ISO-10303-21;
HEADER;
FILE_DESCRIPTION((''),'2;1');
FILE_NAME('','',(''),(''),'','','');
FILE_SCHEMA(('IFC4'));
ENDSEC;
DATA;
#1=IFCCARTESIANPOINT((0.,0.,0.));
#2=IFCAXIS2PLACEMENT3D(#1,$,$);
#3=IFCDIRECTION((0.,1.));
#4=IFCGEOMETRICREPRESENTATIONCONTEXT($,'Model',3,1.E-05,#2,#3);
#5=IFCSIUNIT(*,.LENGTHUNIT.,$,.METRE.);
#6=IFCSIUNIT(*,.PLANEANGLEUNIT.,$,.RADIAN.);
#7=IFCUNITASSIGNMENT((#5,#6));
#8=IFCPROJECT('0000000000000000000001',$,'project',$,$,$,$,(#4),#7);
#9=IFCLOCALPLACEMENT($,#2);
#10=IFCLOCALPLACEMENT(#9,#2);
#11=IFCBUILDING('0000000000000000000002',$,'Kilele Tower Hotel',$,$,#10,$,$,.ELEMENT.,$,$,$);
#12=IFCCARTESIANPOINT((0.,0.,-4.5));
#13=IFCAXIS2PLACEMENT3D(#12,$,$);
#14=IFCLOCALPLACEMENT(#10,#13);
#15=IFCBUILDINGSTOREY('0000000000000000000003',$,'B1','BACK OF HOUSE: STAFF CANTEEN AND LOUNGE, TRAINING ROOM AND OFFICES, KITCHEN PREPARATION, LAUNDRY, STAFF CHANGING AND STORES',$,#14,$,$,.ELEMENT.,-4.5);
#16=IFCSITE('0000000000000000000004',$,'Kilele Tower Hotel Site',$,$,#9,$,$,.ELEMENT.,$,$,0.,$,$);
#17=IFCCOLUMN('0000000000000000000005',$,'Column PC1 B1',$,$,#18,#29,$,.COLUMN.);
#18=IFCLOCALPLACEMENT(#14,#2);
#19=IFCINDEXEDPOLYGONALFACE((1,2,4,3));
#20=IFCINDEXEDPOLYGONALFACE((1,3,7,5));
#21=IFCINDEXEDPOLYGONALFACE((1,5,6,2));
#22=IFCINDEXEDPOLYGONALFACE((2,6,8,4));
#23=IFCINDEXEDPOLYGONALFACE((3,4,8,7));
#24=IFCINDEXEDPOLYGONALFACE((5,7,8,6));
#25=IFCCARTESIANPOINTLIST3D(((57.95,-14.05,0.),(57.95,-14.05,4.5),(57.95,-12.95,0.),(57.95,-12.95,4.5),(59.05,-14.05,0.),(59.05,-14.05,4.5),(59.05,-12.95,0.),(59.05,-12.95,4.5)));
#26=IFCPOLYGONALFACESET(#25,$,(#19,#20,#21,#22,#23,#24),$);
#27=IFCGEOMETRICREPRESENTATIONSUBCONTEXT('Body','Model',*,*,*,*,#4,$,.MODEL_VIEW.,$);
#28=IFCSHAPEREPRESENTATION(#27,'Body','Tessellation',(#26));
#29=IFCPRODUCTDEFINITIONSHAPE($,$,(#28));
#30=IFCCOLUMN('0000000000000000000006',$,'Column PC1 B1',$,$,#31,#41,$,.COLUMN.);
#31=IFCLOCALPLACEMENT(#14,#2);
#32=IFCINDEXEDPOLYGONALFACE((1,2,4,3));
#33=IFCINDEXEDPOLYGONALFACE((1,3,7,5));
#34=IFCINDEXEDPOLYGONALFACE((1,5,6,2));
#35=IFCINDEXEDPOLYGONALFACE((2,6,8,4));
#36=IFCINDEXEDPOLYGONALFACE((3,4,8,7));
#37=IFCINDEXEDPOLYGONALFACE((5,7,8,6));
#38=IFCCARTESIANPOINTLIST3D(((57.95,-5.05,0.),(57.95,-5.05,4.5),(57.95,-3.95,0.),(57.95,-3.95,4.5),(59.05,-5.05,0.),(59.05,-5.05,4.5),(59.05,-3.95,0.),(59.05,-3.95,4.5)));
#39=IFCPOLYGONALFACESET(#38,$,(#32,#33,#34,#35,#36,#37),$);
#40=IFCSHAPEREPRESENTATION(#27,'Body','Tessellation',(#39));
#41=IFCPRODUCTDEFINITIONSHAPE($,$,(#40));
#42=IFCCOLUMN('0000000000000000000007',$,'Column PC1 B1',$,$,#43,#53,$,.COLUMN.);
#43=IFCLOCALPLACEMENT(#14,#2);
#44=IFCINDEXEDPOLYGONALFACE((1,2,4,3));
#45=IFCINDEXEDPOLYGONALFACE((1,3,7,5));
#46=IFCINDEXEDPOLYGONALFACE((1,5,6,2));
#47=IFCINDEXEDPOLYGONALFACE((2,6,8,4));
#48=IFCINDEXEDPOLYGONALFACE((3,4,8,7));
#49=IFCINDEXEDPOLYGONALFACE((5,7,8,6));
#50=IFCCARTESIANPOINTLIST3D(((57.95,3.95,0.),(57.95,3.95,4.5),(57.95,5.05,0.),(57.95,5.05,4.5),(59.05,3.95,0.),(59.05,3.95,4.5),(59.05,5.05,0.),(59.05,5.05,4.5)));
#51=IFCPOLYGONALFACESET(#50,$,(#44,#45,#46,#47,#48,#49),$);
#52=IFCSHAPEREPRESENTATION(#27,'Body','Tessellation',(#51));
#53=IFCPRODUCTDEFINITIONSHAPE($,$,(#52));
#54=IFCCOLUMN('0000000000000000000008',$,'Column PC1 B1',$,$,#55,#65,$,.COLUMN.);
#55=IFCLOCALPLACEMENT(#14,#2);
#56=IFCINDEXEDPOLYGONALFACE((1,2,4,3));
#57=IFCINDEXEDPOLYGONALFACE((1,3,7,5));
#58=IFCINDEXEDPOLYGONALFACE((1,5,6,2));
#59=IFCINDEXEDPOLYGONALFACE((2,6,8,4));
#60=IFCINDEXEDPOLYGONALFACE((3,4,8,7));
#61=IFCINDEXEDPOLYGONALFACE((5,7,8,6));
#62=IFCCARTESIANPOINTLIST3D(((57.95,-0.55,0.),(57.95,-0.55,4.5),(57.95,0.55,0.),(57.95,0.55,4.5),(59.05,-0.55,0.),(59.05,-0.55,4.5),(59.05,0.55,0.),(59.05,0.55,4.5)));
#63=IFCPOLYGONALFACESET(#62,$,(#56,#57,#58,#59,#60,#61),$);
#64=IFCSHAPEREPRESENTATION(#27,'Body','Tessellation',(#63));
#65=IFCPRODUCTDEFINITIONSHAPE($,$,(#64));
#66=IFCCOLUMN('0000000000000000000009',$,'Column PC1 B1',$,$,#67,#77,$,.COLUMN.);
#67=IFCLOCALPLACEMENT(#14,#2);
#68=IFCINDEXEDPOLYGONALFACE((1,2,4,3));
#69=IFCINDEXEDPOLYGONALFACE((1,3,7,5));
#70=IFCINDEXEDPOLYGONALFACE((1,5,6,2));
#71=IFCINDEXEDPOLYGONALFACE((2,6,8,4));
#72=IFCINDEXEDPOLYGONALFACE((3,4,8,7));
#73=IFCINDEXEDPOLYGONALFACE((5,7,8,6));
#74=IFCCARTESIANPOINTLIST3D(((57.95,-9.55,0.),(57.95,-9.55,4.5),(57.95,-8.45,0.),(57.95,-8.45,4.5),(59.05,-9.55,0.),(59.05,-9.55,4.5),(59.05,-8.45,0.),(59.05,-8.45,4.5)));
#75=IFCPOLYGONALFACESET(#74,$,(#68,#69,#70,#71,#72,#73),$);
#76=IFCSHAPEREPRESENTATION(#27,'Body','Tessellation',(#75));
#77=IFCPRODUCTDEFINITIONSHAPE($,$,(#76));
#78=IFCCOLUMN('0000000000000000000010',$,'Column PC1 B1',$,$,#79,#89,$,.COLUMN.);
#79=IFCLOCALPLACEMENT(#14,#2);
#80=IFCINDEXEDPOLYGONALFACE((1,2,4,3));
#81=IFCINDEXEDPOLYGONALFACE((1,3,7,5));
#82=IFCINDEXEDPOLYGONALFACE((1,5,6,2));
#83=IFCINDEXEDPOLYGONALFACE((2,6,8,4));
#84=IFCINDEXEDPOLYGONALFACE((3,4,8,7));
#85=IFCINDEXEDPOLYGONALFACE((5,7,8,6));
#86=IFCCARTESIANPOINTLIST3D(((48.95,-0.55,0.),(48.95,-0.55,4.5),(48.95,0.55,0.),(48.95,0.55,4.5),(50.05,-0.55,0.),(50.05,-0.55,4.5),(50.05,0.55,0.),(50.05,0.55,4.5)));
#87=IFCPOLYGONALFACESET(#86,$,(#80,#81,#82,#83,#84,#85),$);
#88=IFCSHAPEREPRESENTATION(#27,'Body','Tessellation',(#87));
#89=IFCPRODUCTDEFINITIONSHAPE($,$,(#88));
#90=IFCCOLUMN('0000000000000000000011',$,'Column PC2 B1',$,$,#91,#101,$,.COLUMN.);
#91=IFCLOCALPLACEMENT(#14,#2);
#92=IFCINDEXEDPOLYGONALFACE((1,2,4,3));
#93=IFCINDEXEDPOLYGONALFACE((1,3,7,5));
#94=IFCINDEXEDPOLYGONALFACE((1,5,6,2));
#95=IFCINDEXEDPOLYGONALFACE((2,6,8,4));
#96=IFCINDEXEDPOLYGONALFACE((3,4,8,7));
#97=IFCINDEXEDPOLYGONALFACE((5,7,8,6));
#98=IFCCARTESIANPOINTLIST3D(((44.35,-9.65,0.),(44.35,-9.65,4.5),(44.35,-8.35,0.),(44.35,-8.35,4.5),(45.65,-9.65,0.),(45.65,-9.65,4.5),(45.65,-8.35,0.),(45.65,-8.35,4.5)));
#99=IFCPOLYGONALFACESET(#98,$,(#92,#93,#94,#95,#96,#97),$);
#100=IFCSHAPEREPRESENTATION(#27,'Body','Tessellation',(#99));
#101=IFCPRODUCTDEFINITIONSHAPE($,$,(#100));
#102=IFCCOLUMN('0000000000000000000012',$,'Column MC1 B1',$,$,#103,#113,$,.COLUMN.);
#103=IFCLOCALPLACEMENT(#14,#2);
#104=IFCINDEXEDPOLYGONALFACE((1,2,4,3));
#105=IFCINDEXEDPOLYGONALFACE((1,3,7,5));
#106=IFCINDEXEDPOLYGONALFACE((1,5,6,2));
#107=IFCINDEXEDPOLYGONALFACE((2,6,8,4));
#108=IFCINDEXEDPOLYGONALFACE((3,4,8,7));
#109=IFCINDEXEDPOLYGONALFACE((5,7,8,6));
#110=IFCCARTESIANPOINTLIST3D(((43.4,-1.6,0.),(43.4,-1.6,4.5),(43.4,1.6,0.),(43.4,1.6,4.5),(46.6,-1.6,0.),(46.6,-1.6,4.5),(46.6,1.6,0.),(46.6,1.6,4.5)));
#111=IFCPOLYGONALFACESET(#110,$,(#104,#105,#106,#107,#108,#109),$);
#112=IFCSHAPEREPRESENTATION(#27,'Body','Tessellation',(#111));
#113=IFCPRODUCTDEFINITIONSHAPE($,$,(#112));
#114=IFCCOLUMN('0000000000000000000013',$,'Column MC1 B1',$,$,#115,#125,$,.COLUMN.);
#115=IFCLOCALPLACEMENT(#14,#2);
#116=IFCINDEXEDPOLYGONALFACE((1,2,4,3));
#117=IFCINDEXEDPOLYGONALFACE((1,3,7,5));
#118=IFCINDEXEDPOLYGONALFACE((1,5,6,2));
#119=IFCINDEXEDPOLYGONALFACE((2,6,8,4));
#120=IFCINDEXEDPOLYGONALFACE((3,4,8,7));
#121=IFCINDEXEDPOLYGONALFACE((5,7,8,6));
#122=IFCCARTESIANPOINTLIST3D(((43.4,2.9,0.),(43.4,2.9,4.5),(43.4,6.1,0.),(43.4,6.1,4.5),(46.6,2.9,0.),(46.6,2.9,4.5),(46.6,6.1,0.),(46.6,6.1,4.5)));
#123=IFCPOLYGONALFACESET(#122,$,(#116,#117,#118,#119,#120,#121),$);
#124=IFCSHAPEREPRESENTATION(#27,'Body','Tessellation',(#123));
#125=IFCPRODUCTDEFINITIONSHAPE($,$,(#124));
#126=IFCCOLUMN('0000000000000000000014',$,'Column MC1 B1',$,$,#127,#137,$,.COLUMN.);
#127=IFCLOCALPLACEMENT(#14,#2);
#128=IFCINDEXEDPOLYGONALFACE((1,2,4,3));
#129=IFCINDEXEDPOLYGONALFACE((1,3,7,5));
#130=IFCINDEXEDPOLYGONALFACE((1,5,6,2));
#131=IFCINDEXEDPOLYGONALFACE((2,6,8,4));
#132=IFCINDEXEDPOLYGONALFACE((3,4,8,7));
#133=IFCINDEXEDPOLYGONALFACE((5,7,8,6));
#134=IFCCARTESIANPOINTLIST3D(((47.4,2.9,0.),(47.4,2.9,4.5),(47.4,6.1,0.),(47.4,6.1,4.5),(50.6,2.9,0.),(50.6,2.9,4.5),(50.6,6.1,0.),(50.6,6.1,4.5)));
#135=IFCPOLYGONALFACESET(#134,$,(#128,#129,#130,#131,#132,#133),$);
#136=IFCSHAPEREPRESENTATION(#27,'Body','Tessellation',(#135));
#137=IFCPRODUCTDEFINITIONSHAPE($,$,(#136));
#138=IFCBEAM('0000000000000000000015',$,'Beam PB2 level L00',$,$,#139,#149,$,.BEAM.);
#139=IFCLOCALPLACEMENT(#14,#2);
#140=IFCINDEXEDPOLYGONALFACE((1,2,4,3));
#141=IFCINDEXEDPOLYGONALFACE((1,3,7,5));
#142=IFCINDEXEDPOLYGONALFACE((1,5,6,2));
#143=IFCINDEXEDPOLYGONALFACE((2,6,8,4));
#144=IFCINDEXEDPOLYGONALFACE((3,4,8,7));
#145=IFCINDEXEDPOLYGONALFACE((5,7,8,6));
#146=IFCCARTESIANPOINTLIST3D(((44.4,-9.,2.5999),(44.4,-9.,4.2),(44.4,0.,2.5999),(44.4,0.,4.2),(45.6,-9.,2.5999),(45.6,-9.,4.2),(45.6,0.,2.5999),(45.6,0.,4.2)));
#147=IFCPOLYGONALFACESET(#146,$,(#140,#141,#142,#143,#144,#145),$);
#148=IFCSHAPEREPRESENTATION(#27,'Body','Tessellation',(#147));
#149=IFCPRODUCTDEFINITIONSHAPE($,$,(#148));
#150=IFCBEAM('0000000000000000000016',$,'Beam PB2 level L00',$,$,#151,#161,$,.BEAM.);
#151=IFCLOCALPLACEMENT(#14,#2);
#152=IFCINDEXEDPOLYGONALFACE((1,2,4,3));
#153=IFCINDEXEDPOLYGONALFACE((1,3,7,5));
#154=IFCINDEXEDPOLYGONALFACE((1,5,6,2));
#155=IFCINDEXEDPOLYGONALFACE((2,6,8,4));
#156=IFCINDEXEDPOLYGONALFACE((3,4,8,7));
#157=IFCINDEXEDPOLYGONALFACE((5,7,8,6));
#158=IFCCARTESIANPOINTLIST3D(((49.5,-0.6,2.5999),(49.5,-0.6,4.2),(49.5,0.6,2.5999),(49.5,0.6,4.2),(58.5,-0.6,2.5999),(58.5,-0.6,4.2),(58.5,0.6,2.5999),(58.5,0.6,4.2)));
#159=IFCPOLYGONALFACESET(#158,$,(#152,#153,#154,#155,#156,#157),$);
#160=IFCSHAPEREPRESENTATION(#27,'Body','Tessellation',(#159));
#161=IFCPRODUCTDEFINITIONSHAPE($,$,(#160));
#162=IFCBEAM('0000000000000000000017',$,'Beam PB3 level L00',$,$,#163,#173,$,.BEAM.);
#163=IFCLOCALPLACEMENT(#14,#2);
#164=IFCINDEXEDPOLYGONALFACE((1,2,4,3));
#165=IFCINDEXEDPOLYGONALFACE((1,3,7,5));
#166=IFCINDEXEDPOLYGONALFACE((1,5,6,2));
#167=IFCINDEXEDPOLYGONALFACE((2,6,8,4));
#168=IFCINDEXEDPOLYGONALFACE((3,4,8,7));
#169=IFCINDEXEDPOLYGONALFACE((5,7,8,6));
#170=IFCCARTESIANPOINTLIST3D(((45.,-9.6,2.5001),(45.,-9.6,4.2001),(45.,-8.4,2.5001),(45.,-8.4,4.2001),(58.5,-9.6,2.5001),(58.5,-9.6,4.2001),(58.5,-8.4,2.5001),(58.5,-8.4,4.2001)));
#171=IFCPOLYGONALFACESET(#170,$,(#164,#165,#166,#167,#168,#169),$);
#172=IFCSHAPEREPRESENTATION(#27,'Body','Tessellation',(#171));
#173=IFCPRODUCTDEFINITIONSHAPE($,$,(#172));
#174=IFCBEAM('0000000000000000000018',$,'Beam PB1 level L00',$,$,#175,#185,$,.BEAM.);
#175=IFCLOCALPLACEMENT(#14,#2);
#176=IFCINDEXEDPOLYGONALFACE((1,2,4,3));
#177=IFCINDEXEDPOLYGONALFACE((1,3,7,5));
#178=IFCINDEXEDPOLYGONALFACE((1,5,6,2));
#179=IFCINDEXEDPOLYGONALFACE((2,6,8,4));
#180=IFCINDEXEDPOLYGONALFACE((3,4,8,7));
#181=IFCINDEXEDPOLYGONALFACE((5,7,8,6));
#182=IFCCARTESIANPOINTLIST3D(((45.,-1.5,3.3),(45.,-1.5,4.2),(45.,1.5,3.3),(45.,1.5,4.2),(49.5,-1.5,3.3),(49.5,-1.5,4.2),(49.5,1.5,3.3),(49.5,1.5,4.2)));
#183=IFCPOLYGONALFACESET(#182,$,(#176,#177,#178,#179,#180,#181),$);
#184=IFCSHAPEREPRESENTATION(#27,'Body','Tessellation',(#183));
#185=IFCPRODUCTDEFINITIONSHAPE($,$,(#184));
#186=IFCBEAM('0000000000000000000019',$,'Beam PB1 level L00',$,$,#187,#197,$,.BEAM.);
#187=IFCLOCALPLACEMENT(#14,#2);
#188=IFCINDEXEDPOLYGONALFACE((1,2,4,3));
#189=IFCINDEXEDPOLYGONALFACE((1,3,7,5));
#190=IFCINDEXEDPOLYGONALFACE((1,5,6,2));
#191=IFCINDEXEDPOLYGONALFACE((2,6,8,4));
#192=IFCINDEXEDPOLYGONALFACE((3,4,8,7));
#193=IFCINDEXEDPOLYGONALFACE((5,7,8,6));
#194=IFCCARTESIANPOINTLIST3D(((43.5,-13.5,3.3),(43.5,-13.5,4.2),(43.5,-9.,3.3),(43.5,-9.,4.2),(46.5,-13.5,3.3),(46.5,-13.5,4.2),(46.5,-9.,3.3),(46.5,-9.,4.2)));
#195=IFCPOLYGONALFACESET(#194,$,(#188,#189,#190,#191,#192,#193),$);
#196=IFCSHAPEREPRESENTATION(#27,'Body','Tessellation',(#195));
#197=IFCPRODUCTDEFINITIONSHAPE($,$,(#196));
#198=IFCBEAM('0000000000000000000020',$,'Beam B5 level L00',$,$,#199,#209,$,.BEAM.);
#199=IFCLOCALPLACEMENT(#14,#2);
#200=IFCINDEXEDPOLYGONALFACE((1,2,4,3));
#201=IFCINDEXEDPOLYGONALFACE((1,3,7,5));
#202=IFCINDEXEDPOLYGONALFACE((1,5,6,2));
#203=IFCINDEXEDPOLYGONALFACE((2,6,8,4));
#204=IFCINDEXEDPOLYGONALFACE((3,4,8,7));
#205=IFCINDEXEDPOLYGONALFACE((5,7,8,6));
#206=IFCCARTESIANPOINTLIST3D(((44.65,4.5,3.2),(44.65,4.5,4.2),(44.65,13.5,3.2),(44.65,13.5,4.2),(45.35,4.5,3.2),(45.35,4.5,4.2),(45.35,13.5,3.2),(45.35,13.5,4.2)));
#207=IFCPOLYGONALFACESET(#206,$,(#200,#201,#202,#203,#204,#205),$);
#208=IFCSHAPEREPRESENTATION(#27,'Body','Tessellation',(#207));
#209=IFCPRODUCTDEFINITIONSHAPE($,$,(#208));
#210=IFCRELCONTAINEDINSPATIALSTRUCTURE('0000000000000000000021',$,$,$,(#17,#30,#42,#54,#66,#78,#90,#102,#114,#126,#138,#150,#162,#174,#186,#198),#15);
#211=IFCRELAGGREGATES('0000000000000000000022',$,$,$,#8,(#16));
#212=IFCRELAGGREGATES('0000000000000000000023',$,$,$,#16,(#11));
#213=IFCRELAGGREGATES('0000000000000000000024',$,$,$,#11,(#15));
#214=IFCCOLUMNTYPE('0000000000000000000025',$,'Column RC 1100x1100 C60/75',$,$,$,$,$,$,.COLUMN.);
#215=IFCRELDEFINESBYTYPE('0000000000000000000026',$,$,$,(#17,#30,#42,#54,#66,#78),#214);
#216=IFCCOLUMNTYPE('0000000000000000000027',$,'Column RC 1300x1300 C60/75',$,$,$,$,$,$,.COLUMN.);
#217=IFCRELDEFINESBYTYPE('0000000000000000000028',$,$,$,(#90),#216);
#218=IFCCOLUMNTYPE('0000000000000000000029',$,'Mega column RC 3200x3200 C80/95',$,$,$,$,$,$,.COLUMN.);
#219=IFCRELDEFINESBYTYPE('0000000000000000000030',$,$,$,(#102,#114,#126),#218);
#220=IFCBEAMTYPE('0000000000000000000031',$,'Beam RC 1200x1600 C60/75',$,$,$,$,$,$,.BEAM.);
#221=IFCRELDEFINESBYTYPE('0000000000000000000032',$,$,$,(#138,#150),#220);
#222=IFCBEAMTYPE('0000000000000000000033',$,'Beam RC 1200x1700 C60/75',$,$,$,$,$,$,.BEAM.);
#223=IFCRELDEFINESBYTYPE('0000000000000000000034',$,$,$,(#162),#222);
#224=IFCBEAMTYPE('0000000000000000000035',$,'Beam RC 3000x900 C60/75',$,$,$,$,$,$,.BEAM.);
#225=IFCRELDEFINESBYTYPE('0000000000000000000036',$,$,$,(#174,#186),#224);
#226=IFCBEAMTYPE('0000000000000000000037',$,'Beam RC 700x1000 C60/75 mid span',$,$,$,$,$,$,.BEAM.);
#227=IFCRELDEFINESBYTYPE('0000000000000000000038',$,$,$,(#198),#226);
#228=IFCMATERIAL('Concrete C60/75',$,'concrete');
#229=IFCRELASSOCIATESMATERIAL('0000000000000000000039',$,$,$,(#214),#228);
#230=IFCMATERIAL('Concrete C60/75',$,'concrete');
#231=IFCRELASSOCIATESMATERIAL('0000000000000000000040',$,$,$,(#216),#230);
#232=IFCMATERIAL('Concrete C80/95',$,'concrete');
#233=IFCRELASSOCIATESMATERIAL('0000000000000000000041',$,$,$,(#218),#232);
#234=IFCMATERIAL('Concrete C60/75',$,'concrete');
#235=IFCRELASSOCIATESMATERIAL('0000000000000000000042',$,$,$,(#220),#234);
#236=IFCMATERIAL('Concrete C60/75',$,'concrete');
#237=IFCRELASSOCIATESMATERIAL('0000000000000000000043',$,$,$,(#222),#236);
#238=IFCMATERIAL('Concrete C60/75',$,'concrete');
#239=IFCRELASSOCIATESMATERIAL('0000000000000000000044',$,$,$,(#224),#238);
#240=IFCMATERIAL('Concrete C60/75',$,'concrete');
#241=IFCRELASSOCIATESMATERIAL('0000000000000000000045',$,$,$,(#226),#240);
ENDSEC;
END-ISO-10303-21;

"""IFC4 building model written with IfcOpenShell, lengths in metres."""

from ifc_helpers import new_model, si_unit, direction, frame, origin, origin_2d, place, context, subcontext, project, spatial, rectangle, extrude, material, material_profile, profile_set, type_object, element, save


model = new_model("IFC4")

# Units and contexts
model_context = context("Model", 3, precision=1e-05, world=origin(), true_north=direction((0.0, 1.0)))
body_context = subcontext(model_context, "Body", "Model", "MODEL_VIEW")
ifc_project = project(units=[si_unit("LENGTHUNIT", "METRE"), si_unit("PLANEANGLEUNIT", "RADIAN")], contexts=[model_context])

# Site, building, storey
site_placement = place(None, origin())
site = spatial("IfcSite", under=ifc_project, at=site_placement, Name="Kilele Tower Hotel Site", CompositionType="ELEMENT", RefElevation=0.0)
building_placement = place(site_placement, origin())
building = spatial("IfcBuilding", under=site, at=building_placement, Name="Kilele Tower Hotel", CompositionType="ELEMENT")
storey_placement = place(building_placement, frame((0.0, 0.0, -4.5)))
storey = spatial("IfcBuildingStorey", under=building, at=storey_placement, Name="B1", Description="BACK OF HOUSE: STAFF CANTEEN AND LOUNGE, TRAINING ROOM AND OFFICES, KITCHEN PREPARATION, LAUNDRY, STAFF CHANGING AND STORES", CompositionType="ELEMENT", Elevation=-4.5)

# Columns
ifc_material_1 = material(Name="Concrete C60/75", Category="concrete")
ifc_material_profile_1 = material_profile(ifc_material_1, rectangle(XDim=1.1001, YDim=1.1001, at=origin_2d()))
ifc_profile_set_1 = profile_set([ifc_material_profile_1], Name="Concrete C60/75")
column_type_1 = type_object("IfcColumnType", Name="Column RC 1100x1100 C60/75", PredefinedType="COLUMN", material=ifc_profile_set_1)
for number, where, z_axis, x_axis, name in (
    (1, (58.5, -13.5, 0.0), (0.0, 0.0, 1.0), (1.0, 0.0, 0.0), "Column PC1 B1"),
    (2, (58.5, -4.5, 0.0), (0.0, 0.0, 1.0), (1.0, 0.0, 0.0), "Column PC1 B1"),
    (3, (58.5, 4.5, 0.0), (0.0, 0.0, 1.0), (1.0, 0.0, 0.0), "Column PC1 B1"),
    (4, (58.5, 0.0, 0.0), (0.0, 0.0, 1.0), (1.0, 0.0, 0.0), "Column PC1 B1"),
    (5, (58.5, -9.0, 0.0), (0.0, 0.0, 1.0), (1.0, 0.0, 0.0), "Column PC1 B1"),
    (6, (49.5, 0.0, 0.0), (0.0, 0.0, 1.0), (1.0, 0.0, 0.0), "Column PC1 B1"),
):
    element("IfcColumn", number, at=place(storey_placement, frame(where, z_axis=z_axis, x_axis=x_axis)), inside=storey, type_object=column_type_1, Name=name, PredefinedType="COLUMN", context=body_context, shape_type="SweptSolid", body=[
        extrude(rectangle(XDim=1.1001, YDim=1.1001, at=origin_2d()), origin(), (0.0, 0.0, 1.0), 4.5),
    ])
ifc_material_2 = material(Name="Concrete C60/75", Category="concrete")
ifc_material_profile_2 = material_profile(ifc_material_2, rectangle(XDim=1.3, YDim=1.3, at=origin_2d()))
ifc_profile_set_2 = profile_set([ifc_material_profile_2], Name="Concrete C60/75")
column_type_2 = type_object("IfcColumnType", Name="Column RC 1300x1300 C60/75", PredefinedType="COLUMN", material=ifc_profile_set_2)
column_placement = place(storey_placement, frame((45.0, -9.0, 0.0), z_axis=(0.0, 0.0, 1.0), x_axis=(1.0, 0.0, 0.0)))
element("IfcColumn", 7, at=column_placement, inside=storey, type_object=column_type_2, Name="Column PC2 B1", PredefinedType="COLUMN", context=body_context, shape_type="SweptSolid", body=[
    extrude(rectangle(XDim=1.3, YDim=1.3, at=origin_2d()), origin(), (0.0, 0.0, 1.0), 4.5),
])
ifc_material_3 = material(Name="Concrete C80/95", Category="concrete")
ifc_material_profile_3 = material_profile(ifc_material_3, rectangle(XDim=3.2, YDim=3.2, at=origin_2d()))
ifc_profile_set_3 = profile_set([ifc_material_profile_3], Name="Concrete C80/95")
column_type_3 = type_object("IfcColumnType", Name="Mega column RC 3200x3200 C80/95", PredefinedType="COLUMN", material=ifc_profile_set_3)
for number, where, z_axis, x_axis, name in (
    (8, (45.0, 0.0, 0.0), (0.0, 0.0, 1.0), (1.0, 0.0, 0.0), "Column MC1 B1"),
    (9, (45.0, 4.5, 0.0), (0.0, 0.0, 1.0), (1.0, 0.0, 0.0), "Column MC1 B1"),
    (10, (49.0, 4.5, 0.0), (0.0, 0.0, 1.0), (1.0, 0.0, 0.0), "Column MC1 B1"),
):
    element("IfcColumn", number, at=place(storey_placement, frame(where, z_axis=z_axis, x_axis=x_axis)), inside=storey, type_object=column_type_3, Name=name, PredefinedType="COLUMN", context=body_context, shape_type="SweptSolid", body=[
        extrude(rectangle(XDim=3.2, YDim=3.2, at=origin_2d()), origin(), (0.0, 0.0, 1.0), 4.5),
    ])

# Beams
ifc_material_4 = material(Name="Concrete C60/75", Category="concrete")
ifc_material_profile_4 = material_profile(ifc_material_4, rectangle(XDim=1.2, YDim=1.6001, at=origin_2d()))
ifc_profile_set_4 = profile_set([ifc_material_profile_4], Name="Concrete C60/75")
beam_type_1 = type_object("IfcBeamType", Name="Beam RC 1200x1600 C60/75", PredefinedType="BEAM", material=ifc_profile_set_4)
for number, where, z_axis, x_axis, name in (
    (11, (45.0, -9.0, 3.3999), (0.0, 1.0, 0.0), (-1.0, 0.0, 0.0), "Beam PB2 level L00"),
    (12, (49.5, 0.0, 3.3999), (1.0, 0.0, 0.0), (0.0, 1.0, 0.0), "Beam PB2 level L00"),
):
    element("IfcBeam", number, at=place(storey_placement, frame(where, z_axis=z_axis, x_axis=x_axis)), inside=storey, type_object=beam_type_1, Name=name, PredefinedType="BEAM", context=body_context, shape_type="SweptSolid", body=[
        extrude(rectangle(XDim=1.2, YDim=1.6001, at=origin_2d()), origin(), (0.0, 0.0, 1.0), 9.0),
    ])
ifc_material_5 = material(Name="Concrete C60/75", Category="concrete")
ifc_material_profile_5 = material_profile(ifc_material_5, rectangle(XDim=1.2, YDim=1.7, at=origin_2d()))
ifc_profile_set_5 = profile_set([ifc_material_profile_5], Name="Concrete C60/75")
beam_type_2 = type_object("IfcBeamType", Name="Beam RC 1200x1700 C60/75", PredefinedType="BEAM", material=ifc_profile_set_5)
beam_1_placement = place(storey_placement, frame((45.0, -9.0, 3.3501), z_axis=(1.0, 0.0, 0.0), x_axis=(0.0, 1.0, 0.0)))
element("IfcBeam", 13, at=beam_1_placement, inside=storey, type_object=beam_type_2, Name="Beam PB3 level L00", PredefinedType="BEAM", context=body_context, shape_type="SweptSolid", body=[
    extrude(rectangle(XDim=1.2, YDim=1.7, at=origin_2d()), origin(), (0.0, 0.0, 1.0), 13.5),
])
ifc_material_6 = material(Name="Concrete C60/75", Category="concrete")
ifc_material_profile_6 = material_profile(ifc_material_6, rectangle(XDim=3.0, YDim=0.8999, at=origin_2d()))
ifc_profile_set_6 = profile_set([ifc_material_profile_6], Name="Concrete C60/75")
beam_type_3 = type_object("IfcBeamType", Name="Beam RC 3000x900 C60/75", PredefinedType="BEAM", material=ifc_profile_set_6)
for number, where, z_axis, x_axis, name in (
    (14, (45.0, 0.0, 3.75), (1.0, 0.0, 0.0), (0.0, 1.0, 0.0), "Beam PB1 level L00"),
    (15, (45.0, -13.5, 3.75), (0.0, 1.0, 0.0), (-1.0, 0.0, 0.0), "Beam PB1 level L00"),
):
    element("IfcBeam", number, at=place(storey_placement, frame(where, z_axis=z_axis, x_axis=x_axis)), inside=storey, type_object=beam_type_3, Name=name, PredefinedType="BEAM", context=body_context, shape_type="SweptSolid", body=[
        extrude(rectangle(XDim=3.0, YDim=0.8999, at=origin_2d()), origin(), (0.0, 0.0, 1.0), 4.5),
    ])
ifc_material_7 = material(Name="Concrete C60/75", Category="concrete")
ifc_material_profile_7 = material_profile(ifc_material_7, rectangle(XDim=0.7, YDim=1.0, at=origin_2d()))
ifc_profile_set_7 = profile_set([ifc_material_profile_7], Name="Concrete C60/75")
beam_type_4 = type_object("IfcBeamType", Name="Beam RC 700x1000 C60/75 mid span", PredefinedType="BEAM", material=ifc_profile_set_7)
beam_2_placement = place(storey_placement, frame((45.0, 4.5, 3.7), z_axis=(0.0, 1.0, 0.0), x_axis=(-1.0, 0.0, 0.0)))
element("IfcBeam", 16, at=beam_2_placement, inside=storey, type_object=beam_type_4, Name="Beam B5 level L00", PredefinedType="BEAM", context=body_context, shape_type="SweptSolid", body=[
    extrude(rectangle(XDim=0.7, YDim=1.0, at=origin_2d()), origin(), (0.0, 0.0, 1.0), 9.0),
])

save(model, "model.ifc")
